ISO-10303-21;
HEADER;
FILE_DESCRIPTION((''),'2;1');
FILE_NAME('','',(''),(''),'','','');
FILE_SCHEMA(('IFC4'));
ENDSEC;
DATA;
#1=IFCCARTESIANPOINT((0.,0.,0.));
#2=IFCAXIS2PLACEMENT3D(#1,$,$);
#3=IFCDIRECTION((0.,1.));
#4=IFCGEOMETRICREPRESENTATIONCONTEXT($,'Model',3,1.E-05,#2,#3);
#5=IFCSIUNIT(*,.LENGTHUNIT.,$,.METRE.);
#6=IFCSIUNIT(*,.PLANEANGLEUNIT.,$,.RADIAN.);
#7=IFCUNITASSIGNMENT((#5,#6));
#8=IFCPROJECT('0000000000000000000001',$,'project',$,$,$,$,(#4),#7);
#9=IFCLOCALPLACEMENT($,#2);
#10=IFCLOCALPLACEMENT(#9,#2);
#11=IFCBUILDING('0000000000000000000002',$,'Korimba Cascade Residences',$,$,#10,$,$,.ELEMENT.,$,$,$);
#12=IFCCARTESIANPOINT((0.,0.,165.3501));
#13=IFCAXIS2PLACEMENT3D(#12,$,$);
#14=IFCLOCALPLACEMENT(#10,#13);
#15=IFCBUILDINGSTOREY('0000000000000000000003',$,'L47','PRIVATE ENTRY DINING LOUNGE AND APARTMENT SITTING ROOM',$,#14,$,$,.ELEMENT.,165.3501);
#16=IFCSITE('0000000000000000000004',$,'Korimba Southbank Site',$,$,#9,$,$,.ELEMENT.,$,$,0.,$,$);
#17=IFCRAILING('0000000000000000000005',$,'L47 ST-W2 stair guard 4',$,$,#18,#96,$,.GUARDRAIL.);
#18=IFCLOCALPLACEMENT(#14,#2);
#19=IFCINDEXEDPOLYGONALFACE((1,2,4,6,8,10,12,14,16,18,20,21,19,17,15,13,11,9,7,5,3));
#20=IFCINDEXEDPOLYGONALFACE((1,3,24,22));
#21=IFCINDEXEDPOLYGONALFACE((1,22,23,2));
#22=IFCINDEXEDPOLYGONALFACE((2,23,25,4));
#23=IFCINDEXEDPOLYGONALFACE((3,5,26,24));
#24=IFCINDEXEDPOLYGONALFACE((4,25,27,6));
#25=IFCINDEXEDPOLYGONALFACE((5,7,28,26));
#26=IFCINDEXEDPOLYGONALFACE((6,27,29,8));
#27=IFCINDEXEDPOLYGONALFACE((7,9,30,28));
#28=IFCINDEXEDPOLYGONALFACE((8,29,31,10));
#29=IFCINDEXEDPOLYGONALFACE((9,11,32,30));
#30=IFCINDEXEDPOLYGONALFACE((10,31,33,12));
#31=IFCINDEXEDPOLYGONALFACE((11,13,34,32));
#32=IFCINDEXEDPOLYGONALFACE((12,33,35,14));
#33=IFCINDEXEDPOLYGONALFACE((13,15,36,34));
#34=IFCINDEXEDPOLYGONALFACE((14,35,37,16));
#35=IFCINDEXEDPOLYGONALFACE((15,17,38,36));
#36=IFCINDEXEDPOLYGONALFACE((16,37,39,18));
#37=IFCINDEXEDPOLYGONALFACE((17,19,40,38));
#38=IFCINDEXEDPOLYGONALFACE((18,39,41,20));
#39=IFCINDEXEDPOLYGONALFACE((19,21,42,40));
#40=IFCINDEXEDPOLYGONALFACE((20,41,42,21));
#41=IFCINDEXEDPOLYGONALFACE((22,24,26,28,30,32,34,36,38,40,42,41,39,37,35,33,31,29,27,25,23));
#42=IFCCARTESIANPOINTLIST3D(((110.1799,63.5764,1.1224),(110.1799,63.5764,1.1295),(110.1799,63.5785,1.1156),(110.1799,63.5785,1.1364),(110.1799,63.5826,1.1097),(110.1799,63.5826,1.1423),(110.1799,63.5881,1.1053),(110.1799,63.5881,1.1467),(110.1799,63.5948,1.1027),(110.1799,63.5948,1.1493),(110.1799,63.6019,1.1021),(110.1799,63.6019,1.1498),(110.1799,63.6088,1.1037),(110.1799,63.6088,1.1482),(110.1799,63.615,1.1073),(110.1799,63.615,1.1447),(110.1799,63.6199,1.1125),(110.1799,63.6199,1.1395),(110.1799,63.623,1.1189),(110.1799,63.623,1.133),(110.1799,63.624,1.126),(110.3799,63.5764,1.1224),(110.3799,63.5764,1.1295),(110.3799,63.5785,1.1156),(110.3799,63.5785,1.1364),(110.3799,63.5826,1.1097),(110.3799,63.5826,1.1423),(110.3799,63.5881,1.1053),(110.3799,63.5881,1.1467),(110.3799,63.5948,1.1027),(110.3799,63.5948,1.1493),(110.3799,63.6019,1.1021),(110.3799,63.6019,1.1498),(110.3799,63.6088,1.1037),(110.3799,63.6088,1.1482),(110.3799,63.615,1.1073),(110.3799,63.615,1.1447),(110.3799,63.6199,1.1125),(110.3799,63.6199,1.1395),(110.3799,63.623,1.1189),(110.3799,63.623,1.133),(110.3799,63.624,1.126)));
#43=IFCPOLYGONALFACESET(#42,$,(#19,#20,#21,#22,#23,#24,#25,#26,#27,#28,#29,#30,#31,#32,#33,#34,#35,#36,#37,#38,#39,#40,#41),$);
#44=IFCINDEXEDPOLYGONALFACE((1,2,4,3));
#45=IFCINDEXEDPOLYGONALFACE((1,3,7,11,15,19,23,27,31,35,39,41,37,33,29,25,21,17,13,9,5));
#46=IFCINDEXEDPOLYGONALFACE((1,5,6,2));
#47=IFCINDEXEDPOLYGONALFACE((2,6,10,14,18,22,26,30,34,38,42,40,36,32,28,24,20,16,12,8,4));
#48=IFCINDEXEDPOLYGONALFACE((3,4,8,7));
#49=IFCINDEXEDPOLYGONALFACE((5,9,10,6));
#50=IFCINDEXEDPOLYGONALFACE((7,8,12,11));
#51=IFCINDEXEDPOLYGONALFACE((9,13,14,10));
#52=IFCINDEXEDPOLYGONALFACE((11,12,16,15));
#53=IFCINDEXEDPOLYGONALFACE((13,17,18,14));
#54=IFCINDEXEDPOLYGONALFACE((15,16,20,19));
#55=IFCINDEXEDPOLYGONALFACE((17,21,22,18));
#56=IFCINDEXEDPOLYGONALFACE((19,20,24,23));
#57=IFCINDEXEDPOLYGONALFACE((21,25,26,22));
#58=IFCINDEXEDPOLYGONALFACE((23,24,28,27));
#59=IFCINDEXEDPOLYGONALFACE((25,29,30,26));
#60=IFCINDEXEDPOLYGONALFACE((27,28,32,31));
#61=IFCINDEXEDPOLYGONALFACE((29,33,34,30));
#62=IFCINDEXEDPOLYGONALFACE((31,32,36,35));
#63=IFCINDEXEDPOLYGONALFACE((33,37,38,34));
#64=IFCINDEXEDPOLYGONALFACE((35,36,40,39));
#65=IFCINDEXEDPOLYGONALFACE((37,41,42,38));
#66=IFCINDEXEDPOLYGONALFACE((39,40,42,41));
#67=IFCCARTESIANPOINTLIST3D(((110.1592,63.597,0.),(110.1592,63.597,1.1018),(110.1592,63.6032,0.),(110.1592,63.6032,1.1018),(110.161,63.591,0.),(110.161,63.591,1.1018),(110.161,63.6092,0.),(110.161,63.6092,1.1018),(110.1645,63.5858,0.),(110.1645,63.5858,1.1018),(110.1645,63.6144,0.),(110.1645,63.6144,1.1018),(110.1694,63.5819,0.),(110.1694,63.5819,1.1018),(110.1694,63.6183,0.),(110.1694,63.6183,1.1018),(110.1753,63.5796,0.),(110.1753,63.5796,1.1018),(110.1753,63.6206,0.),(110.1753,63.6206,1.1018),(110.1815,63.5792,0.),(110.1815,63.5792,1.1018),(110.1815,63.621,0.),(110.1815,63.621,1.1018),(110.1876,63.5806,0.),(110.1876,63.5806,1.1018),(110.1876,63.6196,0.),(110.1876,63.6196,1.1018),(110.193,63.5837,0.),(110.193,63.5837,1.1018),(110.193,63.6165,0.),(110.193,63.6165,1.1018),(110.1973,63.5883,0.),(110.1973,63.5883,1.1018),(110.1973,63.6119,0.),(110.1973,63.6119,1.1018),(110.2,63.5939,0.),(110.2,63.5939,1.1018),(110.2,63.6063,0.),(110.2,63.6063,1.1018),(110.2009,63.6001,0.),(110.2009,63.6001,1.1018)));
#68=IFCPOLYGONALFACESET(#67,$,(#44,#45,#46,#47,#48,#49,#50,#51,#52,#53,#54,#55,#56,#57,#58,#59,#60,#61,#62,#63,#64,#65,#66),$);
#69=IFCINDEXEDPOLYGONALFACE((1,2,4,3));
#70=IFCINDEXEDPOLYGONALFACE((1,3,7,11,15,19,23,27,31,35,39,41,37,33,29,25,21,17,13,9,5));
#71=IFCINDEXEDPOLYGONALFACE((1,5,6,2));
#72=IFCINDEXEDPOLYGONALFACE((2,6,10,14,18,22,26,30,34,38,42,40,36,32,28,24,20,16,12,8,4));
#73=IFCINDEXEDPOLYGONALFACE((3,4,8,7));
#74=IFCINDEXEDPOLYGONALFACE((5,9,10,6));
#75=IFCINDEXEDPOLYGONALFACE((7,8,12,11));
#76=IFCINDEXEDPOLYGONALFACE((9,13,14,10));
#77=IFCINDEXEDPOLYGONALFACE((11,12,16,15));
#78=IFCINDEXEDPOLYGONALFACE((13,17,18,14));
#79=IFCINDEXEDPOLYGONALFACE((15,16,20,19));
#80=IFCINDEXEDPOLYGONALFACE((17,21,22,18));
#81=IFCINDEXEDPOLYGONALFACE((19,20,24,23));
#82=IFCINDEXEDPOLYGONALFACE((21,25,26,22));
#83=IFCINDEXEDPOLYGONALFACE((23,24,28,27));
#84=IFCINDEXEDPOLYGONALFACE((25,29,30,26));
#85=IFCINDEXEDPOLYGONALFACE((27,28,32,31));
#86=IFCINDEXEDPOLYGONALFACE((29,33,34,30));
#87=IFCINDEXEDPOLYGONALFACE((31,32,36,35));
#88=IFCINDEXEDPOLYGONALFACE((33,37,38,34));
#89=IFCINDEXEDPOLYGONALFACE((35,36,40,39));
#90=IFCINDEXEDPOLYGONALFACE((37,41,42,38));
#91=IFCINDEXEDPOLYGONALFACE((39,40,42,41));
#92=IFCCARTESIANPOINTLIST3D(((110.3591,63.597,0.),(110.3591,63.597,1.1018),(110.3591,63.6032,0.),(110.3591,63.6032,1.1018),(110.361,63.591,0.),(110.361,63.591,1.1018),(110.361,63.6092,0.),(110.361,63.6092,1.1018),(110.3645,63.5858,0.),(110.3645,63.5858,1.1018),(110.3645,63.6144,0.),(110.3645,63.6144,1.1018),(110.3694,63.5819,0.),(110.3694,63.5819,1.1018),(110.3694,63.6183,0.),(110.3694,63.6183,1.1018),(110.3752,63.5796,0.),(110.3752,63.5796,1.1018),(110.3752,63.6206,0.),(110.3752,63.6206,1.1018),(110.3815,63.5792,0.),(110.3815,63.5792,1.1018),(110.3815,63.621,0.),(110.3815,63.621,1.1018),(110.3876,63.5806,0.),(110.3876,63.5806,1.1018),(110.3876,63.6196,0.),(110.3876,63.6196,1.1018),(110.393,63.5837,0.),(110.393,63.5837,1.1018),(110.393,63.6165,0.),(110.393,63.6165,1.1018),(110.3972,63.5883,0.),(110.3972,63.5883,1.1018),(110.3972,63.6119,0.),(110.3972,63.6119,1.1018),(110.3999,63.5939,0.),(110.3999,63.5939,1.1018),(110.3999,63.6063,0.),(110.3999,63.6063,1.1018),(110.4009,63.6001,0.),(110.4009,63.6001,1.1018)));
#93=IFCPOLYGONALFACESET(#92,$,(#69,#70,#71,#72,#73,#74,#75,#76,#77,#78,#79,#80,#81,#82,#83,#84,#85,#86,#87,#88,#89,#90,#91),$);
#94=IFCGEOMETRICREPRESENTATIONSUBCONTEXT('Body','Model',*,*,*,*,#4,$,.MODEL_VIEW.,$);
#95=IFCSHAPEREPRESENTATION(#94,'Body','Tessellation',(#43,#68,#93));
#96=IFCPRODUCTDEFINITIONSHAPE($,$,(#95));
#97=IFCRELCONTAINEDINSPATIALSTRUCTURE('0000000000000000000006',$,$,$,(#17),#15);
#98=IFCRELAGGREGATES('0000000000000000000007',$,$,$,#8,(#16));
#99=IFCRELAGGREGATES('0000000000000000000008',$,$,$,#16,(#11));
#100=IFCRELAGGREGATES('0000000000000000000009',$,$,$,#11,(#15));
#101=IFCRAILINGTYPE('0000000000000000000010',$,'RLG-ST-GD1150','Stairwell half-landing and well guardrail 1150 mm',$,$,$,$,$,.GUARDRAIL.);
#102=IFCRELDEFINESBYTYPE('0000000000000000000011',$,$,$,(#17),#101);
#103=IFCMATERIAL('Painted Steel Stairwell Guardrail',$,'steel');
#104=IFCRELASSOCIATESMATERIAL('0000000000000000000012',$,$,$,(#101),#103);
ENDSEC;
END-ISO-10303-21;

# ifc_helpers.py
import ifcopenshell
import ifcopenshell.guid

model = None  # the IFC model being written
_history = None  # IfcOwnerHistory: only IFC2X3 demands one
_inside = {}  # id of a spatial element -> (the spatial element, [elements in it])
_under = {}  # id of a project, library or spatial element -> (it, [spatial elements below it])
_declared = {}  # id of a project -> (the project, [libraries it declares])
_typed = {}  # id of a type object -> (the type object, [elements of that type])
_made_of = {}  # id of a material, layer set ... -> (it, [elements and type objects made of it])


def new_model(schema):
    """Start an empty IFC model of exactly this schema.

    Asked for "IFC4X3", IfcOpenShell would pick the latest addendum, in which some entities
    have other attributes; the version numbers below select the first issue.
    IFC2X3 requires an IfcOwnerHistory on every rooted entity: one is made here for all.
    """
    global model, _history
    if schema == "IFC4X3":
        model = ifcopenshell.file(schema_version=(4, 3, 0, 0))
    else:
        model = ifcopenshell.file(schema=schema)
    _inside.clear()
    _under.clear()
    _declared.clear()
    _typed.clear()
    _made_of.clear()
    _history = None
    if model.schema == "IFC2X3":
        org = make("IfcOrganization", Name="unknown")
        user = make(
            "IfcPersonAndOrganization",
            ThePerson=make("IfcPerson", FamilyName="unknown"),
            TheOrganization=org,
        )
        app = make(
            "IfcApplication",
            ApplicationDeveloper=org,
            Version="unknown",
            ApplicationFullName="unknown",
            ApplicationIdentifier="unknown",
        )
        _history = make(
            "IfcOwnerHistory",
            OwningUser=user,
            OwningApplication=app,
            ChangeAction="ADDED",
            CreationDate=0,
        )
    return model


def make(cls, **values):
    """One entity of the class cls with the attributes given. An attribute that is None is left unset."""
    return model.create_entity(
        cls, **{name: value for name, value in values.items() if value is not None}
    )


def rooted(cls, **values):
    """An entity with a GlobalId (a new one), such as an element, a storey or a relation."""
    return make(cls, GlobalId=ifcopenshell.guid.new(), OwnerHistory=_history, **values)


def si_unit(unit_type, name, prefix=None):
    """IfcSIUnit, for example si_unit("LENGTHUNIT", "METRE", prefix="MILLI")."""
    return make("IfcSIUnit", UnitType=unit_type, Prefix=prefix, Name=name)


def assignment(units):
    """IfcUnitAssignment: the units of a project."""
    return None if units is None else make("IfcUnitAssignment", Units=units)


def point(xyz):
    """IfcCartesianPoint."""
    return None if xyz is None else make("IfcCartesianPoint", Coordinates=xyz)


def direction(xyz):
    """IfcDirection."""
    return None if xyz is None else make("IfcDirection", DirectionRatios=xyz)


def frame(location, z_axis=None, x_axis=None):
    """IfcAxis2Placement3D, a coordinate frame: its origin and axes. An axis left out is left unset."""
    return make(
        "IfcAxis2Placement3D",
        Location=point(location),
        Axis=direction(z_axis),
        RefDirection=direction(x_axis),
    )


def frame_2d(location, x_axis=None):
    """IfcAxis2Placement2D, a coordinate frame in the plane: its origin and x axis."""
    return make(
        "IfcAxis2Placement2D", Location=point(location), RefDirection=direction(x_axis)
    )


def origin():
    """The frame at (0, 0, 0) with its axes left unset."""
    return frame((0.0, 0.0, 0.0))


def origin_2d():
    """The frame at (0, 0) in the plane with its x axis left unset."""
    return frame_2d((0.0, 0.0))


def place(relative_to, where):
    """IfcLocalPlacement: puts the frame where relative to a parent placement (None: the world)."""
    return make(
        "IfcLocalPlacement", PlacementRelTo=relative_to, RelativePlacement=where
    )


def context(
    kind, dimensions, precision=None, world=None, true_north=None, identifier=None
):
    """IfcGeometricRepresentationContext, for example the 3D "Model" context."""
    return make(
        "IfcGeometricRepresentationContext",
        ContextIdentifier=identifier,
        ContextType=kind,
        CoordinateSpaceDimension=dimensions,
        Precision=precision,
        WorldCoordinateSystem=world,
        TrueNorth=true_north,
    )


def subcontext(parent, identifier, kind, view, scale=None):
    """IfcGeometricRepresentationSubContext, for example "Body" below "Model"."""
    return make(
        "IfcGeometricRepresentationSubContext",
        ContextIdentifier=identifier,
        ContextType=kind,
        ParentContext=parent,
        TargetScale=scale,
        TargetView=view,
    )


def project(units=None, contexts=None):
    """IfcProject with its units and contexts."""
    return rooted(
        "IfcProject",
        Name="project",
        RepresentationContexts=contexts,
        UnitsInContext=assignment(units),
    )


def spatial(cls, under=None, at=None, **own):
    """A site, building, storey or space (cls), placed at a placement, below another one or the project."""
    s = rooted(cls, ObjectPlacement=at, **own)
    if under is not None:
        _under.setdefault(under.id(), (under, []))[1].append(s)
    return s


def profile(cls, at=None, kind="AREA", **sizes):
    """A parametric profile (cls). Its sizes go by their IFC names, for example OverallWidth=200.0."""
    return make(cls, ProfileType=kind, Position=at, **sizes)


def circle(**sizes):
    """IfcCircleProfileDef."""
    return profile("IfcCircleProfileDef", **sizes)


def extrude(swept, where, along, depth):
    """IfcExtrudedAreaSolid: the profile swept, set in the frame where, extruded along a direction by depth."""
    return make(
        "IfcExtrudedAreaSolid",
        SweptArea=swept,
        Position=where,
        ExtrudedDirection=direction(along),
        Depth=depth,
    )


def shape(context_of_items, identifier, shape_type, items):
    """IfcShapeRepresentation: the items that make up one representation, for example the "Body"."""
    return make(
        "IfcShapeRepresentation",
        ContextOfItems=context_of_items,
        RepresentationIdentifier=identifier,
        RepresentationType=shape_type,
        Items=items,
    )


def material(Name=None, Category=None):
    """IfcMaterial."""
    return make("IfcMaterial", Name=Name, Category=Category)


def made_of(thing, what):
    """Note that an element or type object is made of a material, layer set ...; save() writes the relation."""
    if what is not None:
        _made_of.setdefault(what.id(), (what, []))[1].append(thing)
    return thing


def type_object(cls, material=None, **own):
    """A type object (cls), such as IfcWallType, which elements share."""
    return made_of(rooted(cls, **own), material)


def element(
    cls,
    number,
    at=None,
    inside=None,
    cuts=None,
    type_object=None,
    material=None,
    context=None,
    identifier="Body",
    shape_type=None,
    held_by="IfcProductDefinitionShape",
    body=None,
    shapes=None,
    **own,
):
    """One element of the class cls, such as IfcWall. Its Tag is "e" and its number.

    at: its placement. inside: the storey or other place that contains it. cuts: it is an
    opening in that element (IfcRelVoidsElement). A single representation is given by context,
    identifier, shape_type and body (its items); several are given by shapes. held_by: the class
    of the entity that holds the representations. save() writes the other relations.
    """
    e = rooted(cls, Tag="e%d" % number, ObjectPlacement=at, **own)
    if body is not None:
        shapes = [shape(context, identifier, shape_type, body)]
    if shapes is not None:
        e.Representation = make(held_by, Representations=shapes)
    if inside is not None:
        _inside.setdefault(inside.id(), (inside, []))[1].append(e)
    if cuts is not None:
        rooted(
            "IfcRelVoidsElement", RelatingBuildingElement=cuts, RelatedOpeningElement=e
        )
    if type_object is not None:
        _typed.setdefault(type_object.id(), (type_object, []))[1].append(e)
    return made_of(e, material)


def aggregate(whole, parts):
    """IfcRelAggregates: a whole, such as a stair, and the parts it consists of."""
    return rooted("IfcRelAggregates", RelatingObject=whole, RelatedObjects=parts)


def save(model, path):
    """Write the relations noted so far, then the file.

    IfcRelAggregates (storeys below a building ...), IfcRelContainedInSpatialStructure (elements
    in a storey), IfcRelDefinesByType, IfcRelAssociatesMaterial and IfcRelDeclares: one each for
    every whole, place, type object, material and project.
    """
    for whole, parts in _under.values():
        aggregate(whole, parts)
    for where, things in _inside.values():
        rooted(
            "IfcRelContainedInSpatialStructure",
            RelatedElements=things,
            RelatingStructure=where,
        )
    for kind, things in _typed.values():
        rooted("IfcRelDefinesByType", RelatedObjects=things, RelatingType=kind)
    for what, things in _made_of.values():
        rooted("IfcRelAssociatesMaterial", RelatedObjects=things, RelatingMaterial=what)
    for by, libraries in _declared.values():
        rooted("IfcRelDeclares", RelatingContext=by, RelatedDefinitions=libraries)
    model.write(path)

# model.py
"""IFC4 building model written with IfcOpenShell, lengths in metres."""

from ifc_helpers import new_model, si_unit, direction, frame, origin, origin_2d, place, context, subcontext, project, spatial, circle, extrude, material, type_object, element, save


model = new_model("IFC4")

# Units and contexts
model_context = context("Model", 3, precision=1e-05, world=origin(), true_north=direction((0.0, 1.0)))
body_context = subcontext(model_context, "Body", "Model", "MODEL_VIEW")
ifc_project = project(units=[si_unit("LENGTHUNIT", "METRE"), si_unit("PLANEANGLEUNIT", "RADIAN")], contexts=[model_context])

# Site, building, storey
site_placement = place(None, origin())
site = spatial("IfcSite", under=ifc_project, at=site_placement, Name="Korimba Southbank Site", CompositionType="ELEMENT", RefElevation=0.0)
building_placement = place(site_placement, origin())
building = spatial("IfcBuilding", under=site, at=building_placement, Name="Korimba Cascade Residences", CompositionType="ELEMENT")
storey_placement = place(building_placement, frame((0.0, 0.0, 165.3501)))
storey = spatial("IfcBuildingStorey", under=building, at=storey_placement, Name="L47", Description="PRIVATE ENTRY DINING LOUNGE AND APARTMENT SITTING ROOM", CompositionType="ELEMENT", Elevation=165.3501)

# Railing
ifc_material_1 = material(Name="Painted Steel Stairwell Guardrail", Category="steel")
railing_type_1 = type_object("IfcRailingType", Name="RLG-ST-GD1150", Description="Stairwell half-landing and well guardrail 1150 mm", PredefinedType="GUARDRAIL", material=ifc_material_1)
railing_1_placement = place(storey_placement, frame((110.1799, 63.6001, 0.0)))
element("IfcRailing", 1, at=railing_1_placement, inside=storey, type_object=railing_type_1, Name="L47 ST-W2 stair guard 4", PredefinedType="GUARDRAIL", context=body_context, shape_type="SweptSolid", body=[
    extrude(circle(Radius=0.0239, at=origin_2d()), frame((0.0, 0.0, 1.126), z_axis=(1.0, 0.0, 0.0), x_axis=(0.0, 1.0, 0.0)), (0.0, 0.0, 1.0), 0.2),
    extrude(circle(Radius=0.021, at=origin_2d()), origin(), (0.0, 0.0, 1.0), 1.1018),
    extrude(circle(Radius=0.021, at=origin_2d()), frame((0.2, 0.0, 0.0)), (0.0, 0.0, 1.0), 1.1018),
])

save(model, "model.ifc")
